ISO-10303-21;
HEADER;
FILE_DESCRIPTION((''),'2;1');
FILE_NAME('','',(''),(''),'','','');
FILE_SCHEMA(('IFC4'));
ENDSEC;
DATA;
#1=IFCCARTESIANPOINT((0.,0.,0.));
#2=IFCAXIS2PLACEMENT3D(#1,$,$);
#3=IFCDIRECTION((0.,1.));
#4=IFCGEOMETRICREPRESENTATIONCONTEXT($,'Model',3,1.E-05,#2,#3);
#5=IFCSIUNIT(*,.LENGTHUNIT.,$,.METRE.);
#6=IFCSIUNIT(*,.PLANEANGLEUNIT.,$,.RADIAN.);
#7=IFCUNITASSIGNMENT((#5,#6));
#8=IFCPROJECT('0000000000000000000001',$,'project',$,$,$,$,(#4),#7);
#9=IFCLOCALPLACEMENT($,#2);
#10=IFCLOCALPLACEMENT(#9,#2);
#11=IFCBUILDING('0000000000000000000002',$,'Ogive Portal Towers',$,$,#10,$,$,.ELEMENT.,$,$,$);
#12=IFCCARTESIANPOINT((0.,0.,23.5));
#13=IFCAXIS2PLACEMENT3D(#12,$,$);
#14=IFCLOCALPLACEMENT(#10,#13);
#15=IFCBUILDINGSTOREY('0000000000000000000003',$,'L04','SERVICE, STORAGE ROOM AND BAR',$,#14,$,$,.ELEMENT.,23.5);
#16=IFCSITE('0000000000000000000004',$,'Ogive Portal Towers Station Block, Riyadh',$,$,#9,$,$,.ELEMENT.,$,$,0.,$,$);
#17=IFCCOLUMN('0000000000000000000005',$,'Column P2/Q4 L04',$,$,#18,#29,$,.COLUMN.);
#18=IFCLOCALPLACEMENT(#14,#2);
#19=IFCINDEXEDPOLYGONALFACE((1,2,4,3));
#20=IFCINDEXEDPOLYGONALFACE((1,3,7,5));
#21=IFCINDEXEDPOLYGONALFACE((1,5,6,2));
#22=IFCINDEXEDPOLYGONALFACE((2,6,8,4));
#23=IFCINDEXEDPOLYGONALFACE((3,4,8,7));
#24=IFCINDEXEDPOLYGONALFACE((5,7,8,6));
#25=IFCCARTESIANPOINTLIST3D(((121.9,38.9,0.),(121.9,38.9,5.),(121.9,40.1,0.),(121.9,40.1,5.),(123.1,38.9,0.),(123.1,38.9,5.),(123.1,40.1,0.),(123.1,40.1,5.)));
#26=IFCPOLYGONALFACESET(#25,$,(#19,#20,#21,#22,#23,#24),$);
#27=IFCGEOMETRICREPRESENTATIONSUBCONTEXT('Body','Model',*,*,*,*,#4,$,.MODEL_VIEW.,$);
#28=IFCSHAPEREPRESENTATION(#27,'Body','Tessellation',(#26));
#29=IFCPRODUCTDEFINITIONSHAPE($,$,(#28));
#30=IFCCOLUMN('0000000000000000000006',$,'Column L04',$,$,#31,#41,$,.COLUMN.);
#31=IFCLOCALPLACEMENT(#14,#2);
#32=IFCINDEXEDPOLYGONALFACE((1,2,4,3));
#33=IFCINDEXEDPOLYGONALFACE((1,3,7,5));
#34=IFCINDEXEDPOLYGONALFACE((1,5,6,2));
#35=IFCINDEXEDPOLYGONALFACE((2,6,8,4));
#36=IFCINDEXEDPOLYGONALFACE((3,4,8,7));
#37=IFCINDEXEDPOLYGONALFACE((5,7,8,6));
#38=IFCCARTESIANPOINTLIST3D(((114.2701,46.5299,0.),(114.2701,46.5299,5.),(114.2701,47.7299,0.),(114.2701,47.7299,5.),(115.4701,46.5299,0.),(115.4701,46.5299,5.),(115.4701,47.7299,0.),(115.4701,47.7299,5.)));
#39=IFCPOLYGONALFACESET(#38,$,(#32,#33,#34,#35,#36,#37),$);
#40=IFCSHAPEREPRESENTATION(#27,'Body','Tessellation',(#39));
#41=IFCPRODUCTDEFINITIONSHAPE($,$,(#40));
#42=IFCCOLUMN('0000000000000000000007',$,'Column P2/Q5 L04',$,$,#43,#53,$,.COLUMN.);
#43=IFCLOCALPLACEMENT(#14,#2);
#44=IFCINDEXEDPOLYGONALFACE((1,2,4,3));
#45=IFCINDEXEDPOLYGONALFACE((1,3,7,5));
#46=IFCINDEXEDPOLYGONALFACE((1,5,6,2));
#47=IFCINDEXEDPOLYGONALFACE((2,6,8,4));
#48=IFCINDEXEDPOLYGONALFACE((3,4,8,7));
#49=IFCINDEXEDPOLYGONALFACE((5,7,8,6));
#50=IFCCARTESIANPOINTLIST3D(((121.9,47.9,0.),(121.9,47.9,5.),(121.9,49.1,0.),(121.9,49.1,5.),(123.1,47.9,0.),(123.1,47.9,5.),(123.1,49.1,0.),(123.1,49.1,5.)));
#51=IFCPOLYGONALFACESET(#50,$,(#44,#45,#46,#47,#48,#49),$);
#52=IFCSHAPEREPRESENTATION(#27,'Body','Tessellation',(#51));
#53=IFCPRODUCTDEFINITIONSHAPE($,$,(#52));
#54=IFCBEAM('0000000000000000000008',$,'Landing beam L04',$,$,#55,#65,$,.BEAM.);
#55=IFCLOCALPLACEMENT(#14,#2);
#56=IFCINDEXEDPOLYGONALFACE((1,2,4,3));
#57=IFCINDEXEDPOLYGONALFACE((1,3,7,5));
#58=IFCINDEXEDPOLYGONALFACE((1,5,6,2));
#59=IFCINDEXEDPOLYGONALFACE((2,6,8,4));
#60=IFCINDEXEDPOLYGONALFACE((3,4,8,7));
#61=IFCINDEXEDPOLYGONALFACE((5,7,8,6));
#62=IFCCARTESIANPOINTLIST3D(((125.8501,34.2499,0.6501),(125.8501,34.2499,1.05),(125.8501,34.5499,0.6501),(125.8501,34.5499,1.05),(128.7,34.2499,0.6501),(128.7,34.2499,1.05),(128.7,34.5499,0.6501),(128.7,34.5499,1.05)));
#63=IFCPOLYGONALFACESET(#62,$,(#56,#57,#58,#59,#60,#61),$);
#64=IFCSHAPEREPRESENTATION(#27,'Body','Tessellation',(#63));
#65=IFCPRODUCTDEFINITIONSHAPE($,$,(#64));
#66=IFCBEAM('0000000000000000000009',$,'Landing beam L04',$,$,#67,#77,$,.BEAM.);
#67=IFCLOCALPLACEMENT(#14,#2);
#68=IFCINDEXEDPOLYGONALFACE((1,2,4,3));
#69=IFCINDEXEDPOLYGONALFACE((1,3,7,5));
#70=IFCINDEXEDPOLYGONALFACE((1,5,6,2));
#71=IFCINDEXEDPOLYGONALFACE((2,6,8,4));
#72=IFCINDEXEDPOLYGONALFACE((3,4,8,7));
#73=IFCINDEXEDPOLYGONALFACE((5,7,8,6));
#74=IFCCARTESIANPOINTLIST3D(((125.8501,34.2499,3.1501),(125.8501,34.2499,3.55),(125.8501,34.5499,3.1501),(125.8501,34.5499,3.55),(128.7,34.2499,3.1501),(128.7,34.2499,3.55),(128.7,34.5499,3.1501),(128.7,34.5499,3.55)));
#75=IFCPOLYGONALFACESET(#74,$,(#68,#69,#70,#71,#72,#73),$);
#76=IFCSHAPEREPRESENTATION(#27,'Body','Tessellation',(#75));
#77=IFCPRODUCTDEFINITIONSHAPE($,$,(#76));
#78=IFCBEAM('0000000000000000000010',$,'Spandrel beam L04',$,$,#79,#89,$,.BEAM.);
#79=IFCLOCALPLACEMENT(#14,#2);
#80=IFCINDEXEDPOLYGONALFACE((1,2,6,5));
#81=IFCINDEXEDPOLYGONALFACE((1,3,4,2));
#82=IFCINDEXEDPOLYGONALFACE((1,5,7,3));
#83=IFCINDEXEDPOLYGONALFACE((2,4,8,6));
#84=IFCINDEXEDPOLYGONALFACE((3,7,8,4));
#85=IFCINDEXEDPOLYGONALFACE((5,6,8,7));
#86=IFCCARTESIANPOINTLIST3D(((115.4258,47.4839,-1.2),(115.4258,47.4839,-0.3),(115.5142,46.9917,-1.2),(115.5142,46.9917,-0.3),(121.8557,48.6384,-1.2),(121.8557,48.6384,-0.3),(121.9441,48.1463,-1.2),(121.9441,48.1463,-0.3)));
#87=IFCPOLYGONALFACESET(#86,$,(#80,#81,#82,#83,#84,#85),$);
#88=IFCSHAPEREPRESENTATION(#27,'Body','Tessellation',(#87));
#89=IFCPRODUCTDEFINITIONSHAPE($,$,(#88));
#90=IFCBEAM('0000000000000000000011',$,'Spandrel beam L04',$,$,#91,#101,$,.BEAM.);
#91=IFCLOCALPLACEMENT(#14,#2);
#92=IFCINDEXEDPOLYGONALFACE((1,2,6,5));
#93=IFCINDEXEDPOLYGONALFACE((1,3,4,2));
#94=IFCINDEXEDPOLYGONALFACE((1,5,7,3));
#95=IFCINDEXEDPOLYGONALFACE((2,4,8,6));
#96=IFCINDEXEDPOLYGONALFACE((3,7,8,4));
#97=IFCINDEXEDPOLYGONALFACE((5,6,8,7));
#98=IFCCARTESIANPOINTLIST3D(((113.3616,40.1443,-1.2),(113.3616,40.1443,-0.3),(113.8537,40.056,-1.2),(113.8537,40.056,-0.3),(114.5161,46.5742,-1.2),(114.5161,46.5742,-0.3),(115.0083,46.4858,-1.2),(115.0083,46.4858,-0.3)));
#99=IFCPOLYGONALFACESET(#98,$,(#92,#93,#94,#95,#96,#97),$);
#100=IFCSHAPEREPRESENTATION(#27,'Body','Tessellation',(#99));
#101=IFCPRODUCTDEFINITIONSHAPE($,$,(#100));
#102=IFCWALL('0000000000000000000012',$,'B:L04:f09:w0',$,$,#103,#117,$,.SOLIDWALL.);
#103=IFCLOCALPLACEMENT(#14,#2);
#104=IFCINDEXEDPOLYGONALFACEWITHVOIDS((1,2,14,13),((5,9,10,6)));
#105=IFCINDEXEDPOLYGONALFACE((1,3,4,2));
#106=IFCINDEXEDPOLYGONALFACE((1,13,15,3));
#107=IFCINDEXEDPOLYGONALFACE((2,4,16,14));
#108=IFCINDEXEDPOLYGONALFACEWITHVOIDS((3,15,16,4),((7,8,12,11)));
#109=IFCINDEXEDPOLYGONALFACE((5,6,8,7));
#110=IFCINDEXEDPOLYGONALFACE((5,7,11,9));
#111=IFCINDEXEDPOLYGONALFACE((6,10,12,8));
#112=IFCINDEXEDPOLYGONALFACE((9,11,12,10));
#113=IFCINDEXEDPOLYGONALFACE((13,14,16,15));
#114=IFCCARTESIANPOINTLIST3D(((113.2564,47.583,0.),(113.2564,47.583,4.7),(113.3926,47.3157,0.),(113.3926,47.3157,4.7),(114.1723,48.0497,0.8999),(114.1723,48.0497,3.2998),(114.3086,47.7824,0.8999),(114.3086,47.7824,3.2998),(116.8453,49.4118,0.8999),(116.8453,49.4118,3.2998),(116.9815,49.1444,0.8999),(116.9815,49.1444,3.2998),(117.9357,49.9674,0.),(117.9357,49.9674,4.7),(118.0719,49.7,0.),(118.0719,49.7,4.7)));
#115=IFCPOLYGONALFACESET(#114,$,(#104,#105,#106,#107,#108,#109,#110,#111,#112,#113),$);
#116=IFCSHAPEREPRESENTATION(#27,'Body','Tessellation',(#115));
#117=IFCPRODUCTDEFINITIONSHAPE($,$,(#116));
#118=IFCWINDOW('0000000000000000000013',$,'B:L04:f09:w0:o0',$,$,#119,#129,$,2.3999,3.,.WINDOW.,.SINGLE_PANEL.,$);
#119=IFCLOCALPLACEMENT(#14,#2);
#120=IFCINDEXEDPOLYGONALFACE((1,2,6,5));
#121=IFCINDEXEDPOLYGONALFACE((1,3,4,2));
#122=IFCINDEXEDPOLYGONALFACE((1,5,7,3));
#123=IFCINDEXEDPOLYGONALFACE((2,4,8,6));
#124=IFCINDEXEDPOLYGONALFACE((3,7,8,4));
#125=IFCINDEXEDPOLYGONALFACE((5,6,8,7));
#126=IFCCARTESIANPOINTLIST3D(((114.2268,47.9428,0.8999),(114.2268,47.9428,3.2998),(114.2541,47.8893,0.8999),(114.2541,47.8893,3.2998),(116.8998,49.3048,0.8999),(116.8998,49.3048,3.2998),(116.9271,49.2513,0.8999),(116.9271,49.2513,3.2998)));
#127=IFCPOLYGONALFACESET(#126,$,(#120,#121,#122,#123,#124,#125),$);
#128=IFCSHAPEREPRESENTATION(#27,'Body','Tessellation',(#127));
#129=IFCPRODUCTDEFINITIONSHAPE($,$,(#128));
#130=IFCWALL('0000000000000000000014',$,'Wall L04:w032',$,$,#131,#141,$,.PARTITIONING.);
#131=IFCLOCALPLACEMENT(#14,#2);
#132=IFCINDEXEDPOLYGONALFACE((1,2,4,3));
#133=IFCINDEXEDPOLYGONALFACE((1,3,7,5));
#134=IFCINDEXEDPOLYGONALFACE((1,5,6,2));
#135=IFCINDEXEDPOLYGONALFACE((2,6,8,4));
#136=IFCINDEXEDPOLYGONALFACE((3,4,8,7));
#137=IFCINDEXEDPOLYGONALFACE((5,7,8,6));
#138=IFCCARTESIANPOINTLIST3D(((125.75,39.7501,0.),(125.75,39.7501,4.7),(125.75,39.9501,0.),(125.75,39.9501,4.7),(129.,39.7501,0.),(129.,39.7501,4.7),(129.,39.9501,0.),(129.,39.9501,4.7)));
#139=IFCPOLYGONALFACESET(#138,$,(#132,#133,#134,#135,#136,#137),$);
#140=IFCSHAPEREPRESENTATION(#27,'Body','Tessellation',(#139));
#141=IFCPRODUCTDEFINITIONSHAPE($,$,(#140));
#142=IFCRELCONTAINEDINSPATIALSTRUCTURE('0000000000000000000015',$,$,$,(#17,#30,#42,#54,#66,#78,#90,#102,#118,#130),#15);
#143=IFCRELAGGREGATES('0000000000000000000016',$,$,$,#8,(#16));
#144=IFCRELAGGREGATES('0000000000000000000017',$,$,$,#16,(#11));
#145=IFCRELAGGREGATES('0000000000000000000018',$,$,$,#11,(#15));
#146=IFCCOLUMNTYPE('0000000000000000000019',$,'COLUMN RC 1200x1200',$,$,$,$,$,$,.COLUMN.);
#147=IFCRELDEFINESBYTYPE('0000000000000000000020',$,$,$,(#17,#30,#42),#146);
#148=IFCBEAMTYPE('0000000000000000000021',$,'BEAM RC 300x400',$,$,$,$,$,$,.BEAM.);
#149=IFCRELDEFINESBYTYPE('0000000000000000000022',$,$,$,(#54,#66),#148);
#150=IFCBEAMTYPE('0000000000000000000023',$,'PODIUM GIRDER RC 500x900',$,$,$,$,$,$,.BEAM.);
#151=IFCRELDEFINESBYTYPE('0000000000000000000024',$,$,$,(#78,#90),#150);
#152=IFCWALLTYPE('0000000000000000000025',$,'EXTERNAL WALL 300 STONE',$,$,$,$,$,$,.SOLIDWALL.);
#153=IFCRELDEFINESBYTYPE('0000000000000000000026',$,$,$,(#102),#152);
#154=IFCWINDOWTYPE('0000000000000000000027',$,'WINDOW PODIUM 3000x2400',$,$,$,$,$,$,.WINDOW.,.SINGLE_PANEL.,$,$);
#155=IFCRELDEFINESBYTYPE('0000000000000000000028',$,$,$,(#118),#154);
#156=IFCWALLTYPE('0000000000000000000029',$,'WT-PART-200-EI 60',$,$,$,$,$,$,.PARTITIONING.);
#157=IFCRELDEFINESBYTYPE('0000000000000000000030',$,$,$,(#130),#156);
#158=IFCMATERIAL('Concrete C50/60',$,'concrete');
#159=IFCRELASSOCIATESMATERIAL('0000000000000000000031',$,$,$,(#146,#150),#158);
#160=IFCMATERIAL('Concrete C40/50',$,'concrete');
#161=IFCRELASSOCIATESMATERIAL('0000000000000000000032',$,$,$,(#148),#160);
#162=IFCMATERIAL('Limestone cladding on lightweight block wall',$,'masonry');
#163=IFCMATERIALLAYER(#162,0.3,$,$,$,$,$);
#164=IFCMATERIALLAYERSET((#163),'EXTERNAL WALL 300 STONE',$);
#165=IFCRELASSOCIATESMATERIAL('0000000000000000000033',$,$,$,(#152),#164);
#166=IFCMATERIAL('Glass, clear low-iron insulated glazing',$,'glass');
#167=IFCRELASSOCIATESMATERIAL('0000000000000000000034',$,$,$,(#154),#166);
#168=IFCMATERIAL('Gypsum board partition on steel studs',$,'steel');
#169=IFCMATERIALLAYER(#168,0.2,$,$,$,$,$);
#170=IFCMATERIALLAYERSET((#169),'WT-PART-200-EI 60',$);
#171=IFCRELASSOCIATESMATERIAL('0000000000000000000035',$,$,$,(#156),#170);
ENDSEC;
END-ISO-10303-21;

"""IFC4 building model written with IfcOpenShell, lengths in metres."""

from ifc_helpers import new_model, si_unit, direction, frame, frame_2d, origin, origin_2d, place, context, subcontext, project, spatial, rectangle, extrude, material, layer, layer_set, material_profile, profile_set, type_object, element, fill, save


model = new_model("IFC4")

# Units and contexts
model_context = context("Model", 3, precision=1e-05, world=origin(), true_north=direction((0.0, 1.0)))
body_context = subcontext(model_context, "Body", "Model", "MODEL_VIEW")
ifc_project = project(units=[si_unit("LENGTHUNIT", "METRE"), si_unit("PLANEANGLEUNIT", "RADIAN")], contexts=[model_context])

# Site, building, storey
site_placement = place(None, origin())
site = spatial("IfcSite", under=ifc_project, at=site_placement, Name="Ogive Portal Towers Station Block, Riyadh", CompositionType="ELEMENT", RefElevation=0.0)
building_placement = place(site_placement, origin())
building = spatial("IfcBuilding", under=site, at=building_placement, Name="Ogive Portal Towers", CompositionType="ELEMENT")
storey_placement = place(building_placement, frame((0.0, 0.0, 23.5)))
storey = spatial("IfcBuildingStorey", under=building, at=storey_placement, Name="L04", Description="SERVICE, STORAGE ROOM AND BAR", CompositionType="ELEMENT", Elevation=23.5)

# Columns
ifc_material_1 = material(Name="Concrete C50/60", Category="concrete")
ifc_material_profile_1 = material_profile(ifc_material_1, rectangle(XDim=1.2, YDim=1.2, at=origin_2d()), Name="RC 1200x1200")
ifc_profile_set_1 = profile_set([ifc_material_profile_1], Name="Concrete C50/60")
column_type = type_object("IfcColumnType", Name="COLUMN RC 1200x1200", PredefinedType="COLUMN", material=ifc_profile_set_1)
for number, where, z_axis, x_axis, name in (
    (1, (122.5, 39.5, 0.0), (0.0, 0.0, 1.0), (1.0, 0.0, 0.0), "Column P2/Q4 L04"),
    (2, (114.8701, 47.1299, 0.0), (0.0, 0.0, 1.0), (1.0, 0.0, 0.0), "Column L04"),
    (3, (122.5, 48.5, 0.0), (0.0, 0.0, 1.0), (1.0, 0.0, 0.0), "Column P2/Q5 L04"),
):
    element("IfcColumn", number, at=place(storey_placement, frame(where, z_axis=z_axis, x_axis=x_axis)), inside=storey, type_object=column_type, Name=name, PredefinedType="COLUMN", context=body_context, shape_type="SweptSolid", body=[
        extrude(rectangle(XDim=1.2, YDim=1.2, at=origin_2d()), origin(), (0.0, 0.0, 1.0), 5.0),
    ])

# Beams
ifc_material_2 = material(Name="Concrete C40/50", Category="concrete")
ifc_material_profile_2 = material_profile(ifc_material_2, rectangle(XDim=0.3, YDim=0.3999, at=origin_2d()), Name="RC 300x400")
ifc_profile_set_2 = profile_set([ifc_material_profile_2], Name="Concrete C40/50")
beam_type_1 = type_object("IfcBeamType", Name="BEAM RC 300x400", PredefinedType="BEAM", material=ifc_profile_set_2)
for number, where, z_axis, x_axis, name in (
    (4, (125.8501, 34.3999, 0.8501), (1.0, 0.0, 0.0), (0.0, 1.0, 0.0), "Landing beam L04"),
    (5, (125.8501, 34.3999, 3.3501), (1.0, 0.0, 0.0), (0.0, 1.0, 0.0), "Landing beam L04"),
):
    element("IfcBeam", number, at=place(storey_placement, frame(where, z_axis=z_axis, x_axis=x_axis)), inside=storey, type_object=beam_type_1, Name=name, PredefinedType="BEAM", context=body_context, shape_type="SweptSolid", body=[
        extrude(rectangle(XDim=0.3, YDim=0.3999, at=origin_2d()), origin(), (0.0, 0.0, 1.0), 2.8499),
    ])
ifc_material_profile_3 = material_profile(ifc_material_1, rectangle(XDim=0.5, YDim=0.8999, at=origin_2d()), Name="RC 500x900")
ifc_profile_set_3 = profile_set([ifc_material_profile_3], Name="Concrete C50/60")
beam_type_2 = type_object("IfcBeamType", Name="PODIUM GIRDER RC 500x900", PredefinedType="BEAM", material=ifc_profile_set_3)
for number, where, z_axis, x_axis, name in (
    (6, (121.8999, 48.3923, -0.75), (-0.984259, -0.176731, 0.0), (0.176731, -0.984259, 0.0), "Spandrel beam L04"),
    (7, (114.7622, 46.53, -0.75), (-0.176731, -0.984259, 0.0), (0.984259, -0.176731, 0.0), "Spandrel beam L04"),
):
    element("IfcBeam", number, at=place(storey_placement, frame(where, z_axis=z_axis, x_axis=x_axis)), inside=storey, type_object=beam_type_2, Name=name, PredefinedType="BEAM", context=body_context, shape_type="SweptSolid", body=[
        extrude(rectangle(XDim=0.5, YDim=0.8999, at=origin_2d()), origin(), (0.0, 0.0, 1.0), 6.5327),
    ])

# Wall, opening, window
ifc_material_3 = material(Name="Limestone cladding on lightweight block wall", Category="masonry")
ifc_layer_1 = layer(ifc_material_3, 0.3)
ifc_layer_set_1 = layer_set([ifc_layer_1], Name="EXTERNAL WALL 300 STONE")
wall_type_1 = type_object("IfcWallType", Name="EXTERNAL WALL 300 STONE", PredefinedType="SOLIDWALL", material=ifc_layer_set_1)
wall_1_placement = place(storey_placement, frame((118.0039, 49.8337, 0.0), z_axis=(0.0, 0.0, 1.0), x_axis=(-0.890998, -0.454007, 0.0)))
wall_1 = element("IfcWall", 8, at=wall_1_placement, inside=storey, type_object=wall_type_1, Name="B:L04:f09:w0", PredefinedType="SOLIDWALL", context=body_context, shape_type="SweptSolid", body=[
    extrude(rectangle(XDim=5.2517, YDim=0.3, at=frame_2d((2.626, 0.0))), origin(), (0.0, 0.0, 1.0), 4.7),
])
opening_placement = place(wall_1_placement, frame((1.2239, 0.0, 0.8999)))
opening = element("IfcOpeningElement", 9, at=opening_placement, cuts=wall_1, PredefinedType="OPENING", context=body_context, shape_type="SweptSolid", body=[
    extrude(rectangle(XDim=3.0, YDim=2.3999, at=frame_2d((1.5, 1.2))), frame((0.0, 0.1602, 0.0), z_axis=(0.0, -1.0, 0.0), x_axis=(1.0, 0.0, 0.0)), (0.0, 0.0, 1.0), 0.3201),
])
ifc_material_4 = material(Name="Glass, clear low-iron insulated glazing", Category="glass")
window_type = type_object("IfcWindowType", Name="WINDOW PODIUM 3000x2400", PartitioningType="SINGLE_PANEL", PredefinedType="WINDOW", material=ifc_material_4)
window_placement = place(opening_placement, origin())
window = element("IfcWindow", 10, at=window_placement, inside=storey, type_object=window_type, Name="B:L04:f09:w0:o0", OverallHeight=2.3999, OverallWidth=3.0, PartitioningType="SINGLE_PANEL", PredefinedType="WINDOW", context=body_context, shape_type="SweptSolid", body=[
    extrude(rectangle(XDim=3.0, YDim=2.3999, at=frame_2d((1.5, 1.2))), frame((0.0, 0.03, 0.0), z_axis=(0.0, -1.0, 0.0), x_axis=(1.0, 0.0, 0.0)), (0.0, 0.0, 1.0), 0.0601),
])
fill(opening, window)

# Wall
ifc_material_5 = material(Name="Gypsum board partition on steel studs", Category="steel")
ifc_layer_2 = layer(ifc_material_5, 0.2)
ifc_layer_set_2 = layer_set([ifc_layer_2], Name="WT-PART-200-EI 60")
wall_type_2 = type_object("IfcWallType", Name="WT-PART-200-EI 60", PredefinedType="PARTITIONING", material=ifc_layer_set_2)
wall_2_placement = place(storey_placement, frame((125.75, 39.8501, 0.0), z_axis=(0.0, 0.0, 1.0), x_axis=(1.0, 0.0, 0.0)))
element("IfcWall", 11, at=wall_2_placement, inside=storey, type_object=wall_type_2, Name="Wall L04:w032", PredefinedType="PARTITIONING", context=body_context, shape_type="SweptSolid", body=[
    extrude(rectangle(XDim=3.25, YDim=0.2, at=frame_2d((1.625, 0.0))), origin(), (0.0, 0.0, 1.0), 4.7),
])

save(model, "model.ifc")
